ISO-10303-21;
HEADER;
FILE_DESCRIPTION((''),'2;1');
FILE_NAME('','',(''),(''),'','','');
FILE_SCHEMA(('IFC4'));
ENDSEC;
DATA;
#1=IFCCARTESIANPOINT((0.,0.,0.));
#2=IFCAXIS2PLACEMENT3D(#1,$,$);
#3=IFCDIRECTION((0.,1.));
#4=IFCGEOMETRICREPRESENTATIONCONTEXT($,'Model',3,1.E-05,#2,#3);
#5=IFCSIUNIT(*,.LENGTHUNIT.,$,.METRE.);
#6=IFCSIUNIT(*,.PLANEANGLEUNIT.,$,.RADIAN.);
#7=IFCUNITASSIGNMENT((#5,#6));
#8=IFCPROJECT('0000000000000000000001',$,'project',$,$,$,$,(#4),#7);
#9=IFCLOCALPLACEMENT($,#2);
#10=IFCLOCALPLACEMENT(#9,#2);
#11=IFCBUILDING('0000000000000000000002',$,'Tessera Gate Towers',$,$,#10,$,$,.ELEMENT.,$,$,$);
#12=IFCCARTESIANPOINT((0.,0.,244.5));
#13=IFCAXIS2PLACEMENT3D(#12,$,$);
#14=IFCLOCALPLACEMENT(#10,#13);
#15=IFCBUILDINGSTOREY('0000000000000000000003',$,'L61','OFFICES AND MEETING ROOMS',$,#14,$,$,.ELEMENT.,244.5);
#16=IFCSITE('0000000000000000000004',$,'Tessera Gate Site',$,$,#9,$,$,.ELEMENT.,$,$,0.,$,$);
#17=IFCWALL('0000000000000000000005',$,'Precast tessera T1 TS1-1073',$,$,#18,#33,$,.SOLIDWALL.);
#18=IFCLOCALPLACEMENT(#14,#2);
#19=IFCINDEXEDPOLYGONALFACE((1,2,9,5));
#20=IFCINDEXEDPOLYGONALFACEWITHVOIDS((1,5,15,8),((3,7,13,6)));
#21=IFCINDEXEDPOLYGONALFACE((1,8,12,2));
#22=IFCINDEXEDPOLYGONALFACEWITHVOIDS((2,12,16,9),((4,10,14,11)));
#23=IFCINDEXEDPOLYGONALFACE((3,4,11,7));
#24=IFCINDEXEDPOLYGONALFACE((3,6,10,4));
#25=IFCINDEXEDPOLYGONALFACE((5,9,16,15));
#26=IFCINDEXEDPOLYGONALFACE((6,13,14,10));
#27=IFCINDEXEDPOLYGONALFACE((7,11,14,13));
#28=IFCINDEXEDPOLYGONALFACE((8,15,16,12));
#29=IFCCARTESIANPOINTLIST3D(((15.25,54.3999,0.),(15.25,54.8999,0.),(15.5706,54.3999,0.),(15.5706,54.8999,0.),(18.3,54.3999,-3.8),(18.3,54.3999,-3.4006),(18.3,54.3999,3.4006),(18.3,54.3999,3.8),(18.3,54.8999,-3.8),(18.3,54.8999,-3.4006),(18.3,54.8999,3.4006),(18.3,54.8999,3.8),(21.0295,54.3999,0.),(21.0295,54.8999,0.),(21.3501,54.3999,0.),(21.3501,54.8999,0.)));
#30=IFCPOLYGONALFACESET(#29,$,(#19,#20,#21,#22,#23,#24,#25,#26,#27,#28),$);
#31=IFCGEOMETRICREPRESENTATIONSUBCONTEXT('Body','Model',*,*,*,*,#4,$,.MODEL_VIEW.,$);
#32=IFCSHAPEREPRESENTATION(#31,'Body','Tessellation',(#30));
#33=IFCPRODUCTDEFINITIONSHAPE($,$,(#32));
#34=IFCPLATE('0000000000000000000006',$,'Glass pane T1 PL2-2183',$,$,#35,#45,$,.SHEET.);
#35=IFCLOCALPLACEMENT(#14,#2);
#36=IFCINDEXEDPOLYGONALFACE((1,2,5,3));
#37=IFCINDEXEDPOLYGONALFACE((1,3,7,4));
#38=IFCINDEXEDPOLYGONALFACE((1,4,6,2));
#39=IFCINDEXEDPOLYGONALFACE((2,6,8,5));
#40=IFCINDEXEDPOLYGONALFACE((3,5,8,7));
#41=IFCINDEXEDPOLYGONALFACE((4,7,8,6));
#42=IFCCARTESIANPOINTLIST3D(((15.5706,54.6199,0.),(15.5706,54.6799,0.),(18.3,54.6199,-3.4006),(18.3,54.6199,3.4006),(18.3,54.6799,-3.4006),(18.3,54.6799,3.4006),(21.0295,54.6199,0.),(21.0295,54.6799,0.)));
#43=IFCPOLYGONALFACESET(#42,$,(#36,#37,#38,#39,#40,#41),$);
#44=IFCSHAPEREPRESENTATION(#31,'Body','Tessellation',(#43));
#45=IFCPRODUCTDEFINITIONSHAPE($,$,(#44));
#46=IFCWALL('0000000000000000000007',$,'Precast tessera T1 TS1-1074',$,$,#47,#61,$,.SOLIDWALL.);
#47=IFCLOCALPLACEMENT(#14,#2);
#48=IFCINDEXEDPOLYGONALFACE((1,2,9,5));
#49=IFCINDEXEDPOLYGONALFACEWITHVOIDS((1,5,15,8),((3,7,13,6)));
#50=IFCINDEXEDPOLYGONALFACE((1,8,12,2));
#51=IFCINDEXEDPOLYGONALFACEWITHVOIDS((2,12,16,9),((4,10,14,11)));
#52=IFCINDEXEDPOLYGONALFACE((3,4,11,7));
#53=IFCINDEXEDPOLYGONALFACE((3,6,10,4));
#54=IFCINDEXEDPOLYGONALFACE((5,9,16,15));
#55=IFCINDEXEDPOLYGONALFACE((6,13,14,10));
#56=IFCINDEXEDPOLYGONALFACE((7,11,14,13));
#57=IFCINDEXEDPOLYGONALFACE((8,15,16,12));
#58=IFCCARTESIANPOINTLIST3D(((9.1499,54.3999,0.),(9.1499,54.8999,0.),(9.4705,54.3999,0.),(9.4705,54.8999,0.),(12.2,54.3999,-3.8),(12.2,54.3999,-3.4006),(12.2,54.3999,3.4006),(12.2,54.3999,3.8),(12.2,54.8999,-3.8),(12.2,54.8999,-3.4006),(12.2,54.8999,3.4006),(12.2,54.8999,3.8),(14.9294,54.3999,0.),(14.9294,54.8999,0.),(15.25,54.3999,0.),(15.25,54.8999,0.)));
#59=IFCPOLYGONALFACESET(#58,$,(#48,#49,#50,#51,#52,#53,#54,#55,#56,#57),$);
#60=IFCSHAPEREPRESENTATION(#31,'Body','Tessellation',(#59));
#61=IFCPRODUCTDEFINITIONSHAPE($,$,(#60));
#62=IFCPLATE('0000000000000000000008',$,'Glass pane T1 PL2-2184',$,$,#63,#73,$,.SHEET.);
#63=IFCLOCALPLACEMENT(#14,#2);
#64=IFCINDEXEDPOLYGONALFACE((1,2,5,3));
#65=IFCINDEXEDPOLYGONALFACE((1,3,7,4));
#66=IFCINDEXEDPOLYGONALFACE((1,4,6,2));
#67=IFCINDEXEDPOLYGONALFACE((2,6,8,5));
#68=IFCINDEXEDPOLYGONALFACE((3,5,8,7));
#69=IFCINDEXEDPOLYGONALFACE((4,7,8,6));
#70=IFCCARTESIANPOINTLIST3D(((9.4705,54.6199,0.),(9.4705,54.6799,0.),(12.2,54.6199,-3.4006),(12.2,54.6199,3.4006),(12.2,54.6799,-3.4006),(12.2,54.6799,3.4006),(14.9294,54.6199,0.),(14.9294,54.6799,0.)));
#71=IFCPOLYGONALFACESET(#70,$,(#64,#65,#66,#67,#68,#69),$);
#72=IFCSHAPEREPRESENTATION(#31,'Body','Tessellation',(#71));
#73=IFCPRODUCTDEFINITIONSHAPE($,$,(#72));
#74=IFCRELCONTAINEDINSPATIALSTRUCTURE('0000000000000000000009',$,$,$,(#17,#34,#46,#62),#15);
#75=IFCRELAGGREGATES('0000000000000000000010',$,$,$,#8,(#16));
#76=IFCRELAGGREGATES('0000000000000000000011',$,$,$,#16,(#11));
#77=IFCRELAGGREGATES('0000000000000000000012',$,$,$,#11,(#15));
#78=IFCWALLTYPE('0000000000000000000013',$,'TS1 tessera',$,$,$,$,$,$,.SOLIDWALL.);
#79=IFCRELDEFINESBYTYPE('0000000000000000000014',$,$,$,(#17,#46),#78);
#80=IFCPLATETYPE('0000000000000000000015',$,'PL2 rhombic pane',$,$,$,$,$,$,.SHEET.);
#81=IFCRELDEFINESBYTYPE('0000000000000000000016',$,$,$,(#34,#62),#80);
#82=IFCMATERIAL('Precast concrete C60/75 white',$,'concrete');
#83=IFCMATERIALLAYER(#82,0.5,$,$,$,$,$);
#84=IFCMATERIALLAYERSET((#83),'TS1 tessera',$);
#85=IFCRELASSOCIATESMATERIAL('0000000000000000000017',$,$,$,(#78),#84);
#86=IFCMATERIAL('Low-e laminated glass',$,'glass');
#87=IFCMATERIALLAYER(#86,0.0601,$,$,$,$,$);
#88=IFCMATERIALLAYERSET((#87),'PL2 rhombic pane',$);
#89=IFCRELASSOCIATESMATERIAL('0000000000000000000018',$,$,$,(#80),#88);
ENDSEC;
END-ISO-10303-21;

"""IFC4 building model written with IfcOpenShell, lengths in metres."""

from ifc_helpers import new_model, si_unit, direction, frame, origin, place, context, subcontext, project, spatial, polyline, outline, extrude, source, transform, mapped, material, layer, layer_set, type_object, element, fill, save


model = new_model("IFC4")

# Units and contexts
model_context = context("Model", 3, precision=1e-05, world=origin(), true_north=direction((0.0, 1.0)))
body_context = subcontext(model_context, "Body", "Model", "MODEL_VIEW")
ifc_project = project(units=[si_unit("LENGTHUNIT", "METRE"), si_unit("PLANEANGLEUNIT", "RADIAN")], contexts=[model_context])

# Site, building, storey
site_placement = place(None, origin())
site = spatial("IfcSite", under=ifc_project, at=site_placement, Name="Tessera Gate Site", CompositionType="ELEMENT", RefElevation=0.0)
building_placement = place(site_placement, origin())
building = spatial("IfcBuilding", under=site, at=building_placement, Name="Tessera Gate Towers", CompositionType="ELEMENT")
storey_placement = place(building_placement, frame((0.0, 0.0, 244.5)))
storey = spatial("IfcBuildingStorey", under=building, at=storey_placement, Name="L61", Description="OFFICES AND MEETING ROOMS", CompositionType="ELEMENT", Elevation=244.5)

# Walls, openings, plates
ifc_material_1 = material(Name="Precast concrete C60/75 white", Category="concrete")
ifc_layer_1 = layer(ifc_material_1, 0.5)
ifc_layer_set_1 = layer_set([ifc_layer_1], Name="TS1 tessera")
wall_type_1 = type_object("IfcWallType", Name="TS1 tessera", PredefinedType="SOLIDWALL", material=ifc_layer_set_1)
shared_shape_1 = source(origin(), body_context, "Body", "SweptSolid", [
    extrude(outline(polyline([(3.05, 0.0), (6.1001, 3.8), (3.05, 7.6001), (0.0, 3.8), (3.05, 0.0)])), frame((0.0, 0.25, 0.0), z_axis=(0.0, -1.0, 0.0), x_axis=(1.0, 0.0, 0.0)), (0.0, 0.0, 1.0), 0.5),
])
wall_1_placement = place(storey_placement, frame((21.3501, 54.6499, -3.8), z_axis=(0.0, 0.0, 1.0), x_axis=(-1.0, 0.0, 0.0)))
wall_1 = element("IfcWall", 1, at=wall_1_placement, inside=storey, type_object=wall_type_1, Name="Precast tessera T1 TS1-1073", PredefinedType="SOLIDWALL", context=body_context, shape_type="MappedRepresentation", body=[
    mapped(shared_shape_1, transform((0.0, 0.0, 0.0), scale=1.0)),
])
shared_shape_2 = source(origin(), body_context, "Body", "SweptSolid", [
    extrude(outline(polyline([(3.05, 0.3994), (5.7795, 3.8), (3.05, 7.2007), (0.3206, 3.8), (3.05, 0.3994)])), frame((0.0, 0.26, 0.0), z_axis=(0.0, -1.0, 0.0), x_axis=(1.0, 0.0, 0.0)), (0.0, 0.0, 1.0), 0.52),
])
opening_1_placement = place(wall_1_placement, origin())
opening_1 = element("IfcOpeningElement", 2, at=opening_1_placement, cuts=wall_1, PredefinedType="OPENING", context=body_context, shape_type="MappedRepresentation", body=[
    mapped(shared_shape_2, transform((0.0, 0.0, 0.0), scale=1.0)),
])
ifc_material_2 = material(Name="Low-e laminated glass", Category="glass")
ifc_layer_2 = layer(ifc_material_2, 0.0601)
ifc_layer_set_2 = layer_set([ifc_layer_2], Name="PL2 rhombic pane")
plate_type = type_object("IfcPlateType", Name="PL2 rhombic pane", PredefinedType="SHEET", material=ifc_layer_set_2)
shared_shape_3 = source(origin(), body_context, "Body", "SweptSolid", [
    extrude(outline(polyline([(3.05, 0.3994), (5.7795, 3.8), (3.05, 7.2007), (0.3206, 3.8), (3.05, 0.3994)])), frame((0.0, 0.03, 0.0), z_axis=(0.0, -1.0, 0.0), x_axis=(1.0, 0.0, 0.0)), (0.0, 0.0, 1.0), 0.0601),
])
plate_1_placement = place(opening_1_placement, origin())
plate_1 = element("IfcPlate", 3, at=plate_1_placement, inside=storey, type_object=plate_type, Name="Glass pane T1 PL2-2183", PredefinedType="SHEET", context=body_context, shape_type="MappedRepresentation", body=[
    mapped(shared_shape_3, transform((0.0, 0.0, 0.0), scale=1.0)),
])
fill(opening_1, plate_1)
wall_2_placement = place(storey_placement, frame((15.25, 54.6499, -3.8), z_axis=(0.0, 0.0, 1.0), x_axis=(-1.0, 0.0, 0.0)))
wall_2 = element("IfcWall", 4, at=wall_2_placement, inside=storey, type_object=wall_type_1, Name="Precast tessera T1 TS1-1074", PredefinedType="SOLIDWALL", context=body_context, shape_type="MappedRepresentation", body=[
    mapped(shared_shape_1, transform((0.0, 0.0, 0.0), scale=1.0)),
])
opening_2_placement = place(wall_2_placement, origin())
opening_2 = element("IfcOpeningElement", 5, at=opening_2_placement, cuts=wall_2, PredefinedType="OPENING", context=body_context, shape_type="MappedRepresentation", body=[
    mapped(shared_shape_2, transform((0.0, 0.0, 0.0), scale=1.0)),
])
plate_2_placement = place(opening_2_placement, origin())
plate_2 = element("IfcPlate", 6, at=plate_2_placement, inside=storey, type_object=plate_type, Name="Glass pane T1 PL2-2184", PredefinedType="SHEET", context=body_context, shape_type="MappedRepresentation", body=[
    mapped(shared_shape_3, transform((0.0, 0.0, 0.0), scale=1.0)),
])
fill(opening_2, plate_2)

save(model, "model.ifc")
